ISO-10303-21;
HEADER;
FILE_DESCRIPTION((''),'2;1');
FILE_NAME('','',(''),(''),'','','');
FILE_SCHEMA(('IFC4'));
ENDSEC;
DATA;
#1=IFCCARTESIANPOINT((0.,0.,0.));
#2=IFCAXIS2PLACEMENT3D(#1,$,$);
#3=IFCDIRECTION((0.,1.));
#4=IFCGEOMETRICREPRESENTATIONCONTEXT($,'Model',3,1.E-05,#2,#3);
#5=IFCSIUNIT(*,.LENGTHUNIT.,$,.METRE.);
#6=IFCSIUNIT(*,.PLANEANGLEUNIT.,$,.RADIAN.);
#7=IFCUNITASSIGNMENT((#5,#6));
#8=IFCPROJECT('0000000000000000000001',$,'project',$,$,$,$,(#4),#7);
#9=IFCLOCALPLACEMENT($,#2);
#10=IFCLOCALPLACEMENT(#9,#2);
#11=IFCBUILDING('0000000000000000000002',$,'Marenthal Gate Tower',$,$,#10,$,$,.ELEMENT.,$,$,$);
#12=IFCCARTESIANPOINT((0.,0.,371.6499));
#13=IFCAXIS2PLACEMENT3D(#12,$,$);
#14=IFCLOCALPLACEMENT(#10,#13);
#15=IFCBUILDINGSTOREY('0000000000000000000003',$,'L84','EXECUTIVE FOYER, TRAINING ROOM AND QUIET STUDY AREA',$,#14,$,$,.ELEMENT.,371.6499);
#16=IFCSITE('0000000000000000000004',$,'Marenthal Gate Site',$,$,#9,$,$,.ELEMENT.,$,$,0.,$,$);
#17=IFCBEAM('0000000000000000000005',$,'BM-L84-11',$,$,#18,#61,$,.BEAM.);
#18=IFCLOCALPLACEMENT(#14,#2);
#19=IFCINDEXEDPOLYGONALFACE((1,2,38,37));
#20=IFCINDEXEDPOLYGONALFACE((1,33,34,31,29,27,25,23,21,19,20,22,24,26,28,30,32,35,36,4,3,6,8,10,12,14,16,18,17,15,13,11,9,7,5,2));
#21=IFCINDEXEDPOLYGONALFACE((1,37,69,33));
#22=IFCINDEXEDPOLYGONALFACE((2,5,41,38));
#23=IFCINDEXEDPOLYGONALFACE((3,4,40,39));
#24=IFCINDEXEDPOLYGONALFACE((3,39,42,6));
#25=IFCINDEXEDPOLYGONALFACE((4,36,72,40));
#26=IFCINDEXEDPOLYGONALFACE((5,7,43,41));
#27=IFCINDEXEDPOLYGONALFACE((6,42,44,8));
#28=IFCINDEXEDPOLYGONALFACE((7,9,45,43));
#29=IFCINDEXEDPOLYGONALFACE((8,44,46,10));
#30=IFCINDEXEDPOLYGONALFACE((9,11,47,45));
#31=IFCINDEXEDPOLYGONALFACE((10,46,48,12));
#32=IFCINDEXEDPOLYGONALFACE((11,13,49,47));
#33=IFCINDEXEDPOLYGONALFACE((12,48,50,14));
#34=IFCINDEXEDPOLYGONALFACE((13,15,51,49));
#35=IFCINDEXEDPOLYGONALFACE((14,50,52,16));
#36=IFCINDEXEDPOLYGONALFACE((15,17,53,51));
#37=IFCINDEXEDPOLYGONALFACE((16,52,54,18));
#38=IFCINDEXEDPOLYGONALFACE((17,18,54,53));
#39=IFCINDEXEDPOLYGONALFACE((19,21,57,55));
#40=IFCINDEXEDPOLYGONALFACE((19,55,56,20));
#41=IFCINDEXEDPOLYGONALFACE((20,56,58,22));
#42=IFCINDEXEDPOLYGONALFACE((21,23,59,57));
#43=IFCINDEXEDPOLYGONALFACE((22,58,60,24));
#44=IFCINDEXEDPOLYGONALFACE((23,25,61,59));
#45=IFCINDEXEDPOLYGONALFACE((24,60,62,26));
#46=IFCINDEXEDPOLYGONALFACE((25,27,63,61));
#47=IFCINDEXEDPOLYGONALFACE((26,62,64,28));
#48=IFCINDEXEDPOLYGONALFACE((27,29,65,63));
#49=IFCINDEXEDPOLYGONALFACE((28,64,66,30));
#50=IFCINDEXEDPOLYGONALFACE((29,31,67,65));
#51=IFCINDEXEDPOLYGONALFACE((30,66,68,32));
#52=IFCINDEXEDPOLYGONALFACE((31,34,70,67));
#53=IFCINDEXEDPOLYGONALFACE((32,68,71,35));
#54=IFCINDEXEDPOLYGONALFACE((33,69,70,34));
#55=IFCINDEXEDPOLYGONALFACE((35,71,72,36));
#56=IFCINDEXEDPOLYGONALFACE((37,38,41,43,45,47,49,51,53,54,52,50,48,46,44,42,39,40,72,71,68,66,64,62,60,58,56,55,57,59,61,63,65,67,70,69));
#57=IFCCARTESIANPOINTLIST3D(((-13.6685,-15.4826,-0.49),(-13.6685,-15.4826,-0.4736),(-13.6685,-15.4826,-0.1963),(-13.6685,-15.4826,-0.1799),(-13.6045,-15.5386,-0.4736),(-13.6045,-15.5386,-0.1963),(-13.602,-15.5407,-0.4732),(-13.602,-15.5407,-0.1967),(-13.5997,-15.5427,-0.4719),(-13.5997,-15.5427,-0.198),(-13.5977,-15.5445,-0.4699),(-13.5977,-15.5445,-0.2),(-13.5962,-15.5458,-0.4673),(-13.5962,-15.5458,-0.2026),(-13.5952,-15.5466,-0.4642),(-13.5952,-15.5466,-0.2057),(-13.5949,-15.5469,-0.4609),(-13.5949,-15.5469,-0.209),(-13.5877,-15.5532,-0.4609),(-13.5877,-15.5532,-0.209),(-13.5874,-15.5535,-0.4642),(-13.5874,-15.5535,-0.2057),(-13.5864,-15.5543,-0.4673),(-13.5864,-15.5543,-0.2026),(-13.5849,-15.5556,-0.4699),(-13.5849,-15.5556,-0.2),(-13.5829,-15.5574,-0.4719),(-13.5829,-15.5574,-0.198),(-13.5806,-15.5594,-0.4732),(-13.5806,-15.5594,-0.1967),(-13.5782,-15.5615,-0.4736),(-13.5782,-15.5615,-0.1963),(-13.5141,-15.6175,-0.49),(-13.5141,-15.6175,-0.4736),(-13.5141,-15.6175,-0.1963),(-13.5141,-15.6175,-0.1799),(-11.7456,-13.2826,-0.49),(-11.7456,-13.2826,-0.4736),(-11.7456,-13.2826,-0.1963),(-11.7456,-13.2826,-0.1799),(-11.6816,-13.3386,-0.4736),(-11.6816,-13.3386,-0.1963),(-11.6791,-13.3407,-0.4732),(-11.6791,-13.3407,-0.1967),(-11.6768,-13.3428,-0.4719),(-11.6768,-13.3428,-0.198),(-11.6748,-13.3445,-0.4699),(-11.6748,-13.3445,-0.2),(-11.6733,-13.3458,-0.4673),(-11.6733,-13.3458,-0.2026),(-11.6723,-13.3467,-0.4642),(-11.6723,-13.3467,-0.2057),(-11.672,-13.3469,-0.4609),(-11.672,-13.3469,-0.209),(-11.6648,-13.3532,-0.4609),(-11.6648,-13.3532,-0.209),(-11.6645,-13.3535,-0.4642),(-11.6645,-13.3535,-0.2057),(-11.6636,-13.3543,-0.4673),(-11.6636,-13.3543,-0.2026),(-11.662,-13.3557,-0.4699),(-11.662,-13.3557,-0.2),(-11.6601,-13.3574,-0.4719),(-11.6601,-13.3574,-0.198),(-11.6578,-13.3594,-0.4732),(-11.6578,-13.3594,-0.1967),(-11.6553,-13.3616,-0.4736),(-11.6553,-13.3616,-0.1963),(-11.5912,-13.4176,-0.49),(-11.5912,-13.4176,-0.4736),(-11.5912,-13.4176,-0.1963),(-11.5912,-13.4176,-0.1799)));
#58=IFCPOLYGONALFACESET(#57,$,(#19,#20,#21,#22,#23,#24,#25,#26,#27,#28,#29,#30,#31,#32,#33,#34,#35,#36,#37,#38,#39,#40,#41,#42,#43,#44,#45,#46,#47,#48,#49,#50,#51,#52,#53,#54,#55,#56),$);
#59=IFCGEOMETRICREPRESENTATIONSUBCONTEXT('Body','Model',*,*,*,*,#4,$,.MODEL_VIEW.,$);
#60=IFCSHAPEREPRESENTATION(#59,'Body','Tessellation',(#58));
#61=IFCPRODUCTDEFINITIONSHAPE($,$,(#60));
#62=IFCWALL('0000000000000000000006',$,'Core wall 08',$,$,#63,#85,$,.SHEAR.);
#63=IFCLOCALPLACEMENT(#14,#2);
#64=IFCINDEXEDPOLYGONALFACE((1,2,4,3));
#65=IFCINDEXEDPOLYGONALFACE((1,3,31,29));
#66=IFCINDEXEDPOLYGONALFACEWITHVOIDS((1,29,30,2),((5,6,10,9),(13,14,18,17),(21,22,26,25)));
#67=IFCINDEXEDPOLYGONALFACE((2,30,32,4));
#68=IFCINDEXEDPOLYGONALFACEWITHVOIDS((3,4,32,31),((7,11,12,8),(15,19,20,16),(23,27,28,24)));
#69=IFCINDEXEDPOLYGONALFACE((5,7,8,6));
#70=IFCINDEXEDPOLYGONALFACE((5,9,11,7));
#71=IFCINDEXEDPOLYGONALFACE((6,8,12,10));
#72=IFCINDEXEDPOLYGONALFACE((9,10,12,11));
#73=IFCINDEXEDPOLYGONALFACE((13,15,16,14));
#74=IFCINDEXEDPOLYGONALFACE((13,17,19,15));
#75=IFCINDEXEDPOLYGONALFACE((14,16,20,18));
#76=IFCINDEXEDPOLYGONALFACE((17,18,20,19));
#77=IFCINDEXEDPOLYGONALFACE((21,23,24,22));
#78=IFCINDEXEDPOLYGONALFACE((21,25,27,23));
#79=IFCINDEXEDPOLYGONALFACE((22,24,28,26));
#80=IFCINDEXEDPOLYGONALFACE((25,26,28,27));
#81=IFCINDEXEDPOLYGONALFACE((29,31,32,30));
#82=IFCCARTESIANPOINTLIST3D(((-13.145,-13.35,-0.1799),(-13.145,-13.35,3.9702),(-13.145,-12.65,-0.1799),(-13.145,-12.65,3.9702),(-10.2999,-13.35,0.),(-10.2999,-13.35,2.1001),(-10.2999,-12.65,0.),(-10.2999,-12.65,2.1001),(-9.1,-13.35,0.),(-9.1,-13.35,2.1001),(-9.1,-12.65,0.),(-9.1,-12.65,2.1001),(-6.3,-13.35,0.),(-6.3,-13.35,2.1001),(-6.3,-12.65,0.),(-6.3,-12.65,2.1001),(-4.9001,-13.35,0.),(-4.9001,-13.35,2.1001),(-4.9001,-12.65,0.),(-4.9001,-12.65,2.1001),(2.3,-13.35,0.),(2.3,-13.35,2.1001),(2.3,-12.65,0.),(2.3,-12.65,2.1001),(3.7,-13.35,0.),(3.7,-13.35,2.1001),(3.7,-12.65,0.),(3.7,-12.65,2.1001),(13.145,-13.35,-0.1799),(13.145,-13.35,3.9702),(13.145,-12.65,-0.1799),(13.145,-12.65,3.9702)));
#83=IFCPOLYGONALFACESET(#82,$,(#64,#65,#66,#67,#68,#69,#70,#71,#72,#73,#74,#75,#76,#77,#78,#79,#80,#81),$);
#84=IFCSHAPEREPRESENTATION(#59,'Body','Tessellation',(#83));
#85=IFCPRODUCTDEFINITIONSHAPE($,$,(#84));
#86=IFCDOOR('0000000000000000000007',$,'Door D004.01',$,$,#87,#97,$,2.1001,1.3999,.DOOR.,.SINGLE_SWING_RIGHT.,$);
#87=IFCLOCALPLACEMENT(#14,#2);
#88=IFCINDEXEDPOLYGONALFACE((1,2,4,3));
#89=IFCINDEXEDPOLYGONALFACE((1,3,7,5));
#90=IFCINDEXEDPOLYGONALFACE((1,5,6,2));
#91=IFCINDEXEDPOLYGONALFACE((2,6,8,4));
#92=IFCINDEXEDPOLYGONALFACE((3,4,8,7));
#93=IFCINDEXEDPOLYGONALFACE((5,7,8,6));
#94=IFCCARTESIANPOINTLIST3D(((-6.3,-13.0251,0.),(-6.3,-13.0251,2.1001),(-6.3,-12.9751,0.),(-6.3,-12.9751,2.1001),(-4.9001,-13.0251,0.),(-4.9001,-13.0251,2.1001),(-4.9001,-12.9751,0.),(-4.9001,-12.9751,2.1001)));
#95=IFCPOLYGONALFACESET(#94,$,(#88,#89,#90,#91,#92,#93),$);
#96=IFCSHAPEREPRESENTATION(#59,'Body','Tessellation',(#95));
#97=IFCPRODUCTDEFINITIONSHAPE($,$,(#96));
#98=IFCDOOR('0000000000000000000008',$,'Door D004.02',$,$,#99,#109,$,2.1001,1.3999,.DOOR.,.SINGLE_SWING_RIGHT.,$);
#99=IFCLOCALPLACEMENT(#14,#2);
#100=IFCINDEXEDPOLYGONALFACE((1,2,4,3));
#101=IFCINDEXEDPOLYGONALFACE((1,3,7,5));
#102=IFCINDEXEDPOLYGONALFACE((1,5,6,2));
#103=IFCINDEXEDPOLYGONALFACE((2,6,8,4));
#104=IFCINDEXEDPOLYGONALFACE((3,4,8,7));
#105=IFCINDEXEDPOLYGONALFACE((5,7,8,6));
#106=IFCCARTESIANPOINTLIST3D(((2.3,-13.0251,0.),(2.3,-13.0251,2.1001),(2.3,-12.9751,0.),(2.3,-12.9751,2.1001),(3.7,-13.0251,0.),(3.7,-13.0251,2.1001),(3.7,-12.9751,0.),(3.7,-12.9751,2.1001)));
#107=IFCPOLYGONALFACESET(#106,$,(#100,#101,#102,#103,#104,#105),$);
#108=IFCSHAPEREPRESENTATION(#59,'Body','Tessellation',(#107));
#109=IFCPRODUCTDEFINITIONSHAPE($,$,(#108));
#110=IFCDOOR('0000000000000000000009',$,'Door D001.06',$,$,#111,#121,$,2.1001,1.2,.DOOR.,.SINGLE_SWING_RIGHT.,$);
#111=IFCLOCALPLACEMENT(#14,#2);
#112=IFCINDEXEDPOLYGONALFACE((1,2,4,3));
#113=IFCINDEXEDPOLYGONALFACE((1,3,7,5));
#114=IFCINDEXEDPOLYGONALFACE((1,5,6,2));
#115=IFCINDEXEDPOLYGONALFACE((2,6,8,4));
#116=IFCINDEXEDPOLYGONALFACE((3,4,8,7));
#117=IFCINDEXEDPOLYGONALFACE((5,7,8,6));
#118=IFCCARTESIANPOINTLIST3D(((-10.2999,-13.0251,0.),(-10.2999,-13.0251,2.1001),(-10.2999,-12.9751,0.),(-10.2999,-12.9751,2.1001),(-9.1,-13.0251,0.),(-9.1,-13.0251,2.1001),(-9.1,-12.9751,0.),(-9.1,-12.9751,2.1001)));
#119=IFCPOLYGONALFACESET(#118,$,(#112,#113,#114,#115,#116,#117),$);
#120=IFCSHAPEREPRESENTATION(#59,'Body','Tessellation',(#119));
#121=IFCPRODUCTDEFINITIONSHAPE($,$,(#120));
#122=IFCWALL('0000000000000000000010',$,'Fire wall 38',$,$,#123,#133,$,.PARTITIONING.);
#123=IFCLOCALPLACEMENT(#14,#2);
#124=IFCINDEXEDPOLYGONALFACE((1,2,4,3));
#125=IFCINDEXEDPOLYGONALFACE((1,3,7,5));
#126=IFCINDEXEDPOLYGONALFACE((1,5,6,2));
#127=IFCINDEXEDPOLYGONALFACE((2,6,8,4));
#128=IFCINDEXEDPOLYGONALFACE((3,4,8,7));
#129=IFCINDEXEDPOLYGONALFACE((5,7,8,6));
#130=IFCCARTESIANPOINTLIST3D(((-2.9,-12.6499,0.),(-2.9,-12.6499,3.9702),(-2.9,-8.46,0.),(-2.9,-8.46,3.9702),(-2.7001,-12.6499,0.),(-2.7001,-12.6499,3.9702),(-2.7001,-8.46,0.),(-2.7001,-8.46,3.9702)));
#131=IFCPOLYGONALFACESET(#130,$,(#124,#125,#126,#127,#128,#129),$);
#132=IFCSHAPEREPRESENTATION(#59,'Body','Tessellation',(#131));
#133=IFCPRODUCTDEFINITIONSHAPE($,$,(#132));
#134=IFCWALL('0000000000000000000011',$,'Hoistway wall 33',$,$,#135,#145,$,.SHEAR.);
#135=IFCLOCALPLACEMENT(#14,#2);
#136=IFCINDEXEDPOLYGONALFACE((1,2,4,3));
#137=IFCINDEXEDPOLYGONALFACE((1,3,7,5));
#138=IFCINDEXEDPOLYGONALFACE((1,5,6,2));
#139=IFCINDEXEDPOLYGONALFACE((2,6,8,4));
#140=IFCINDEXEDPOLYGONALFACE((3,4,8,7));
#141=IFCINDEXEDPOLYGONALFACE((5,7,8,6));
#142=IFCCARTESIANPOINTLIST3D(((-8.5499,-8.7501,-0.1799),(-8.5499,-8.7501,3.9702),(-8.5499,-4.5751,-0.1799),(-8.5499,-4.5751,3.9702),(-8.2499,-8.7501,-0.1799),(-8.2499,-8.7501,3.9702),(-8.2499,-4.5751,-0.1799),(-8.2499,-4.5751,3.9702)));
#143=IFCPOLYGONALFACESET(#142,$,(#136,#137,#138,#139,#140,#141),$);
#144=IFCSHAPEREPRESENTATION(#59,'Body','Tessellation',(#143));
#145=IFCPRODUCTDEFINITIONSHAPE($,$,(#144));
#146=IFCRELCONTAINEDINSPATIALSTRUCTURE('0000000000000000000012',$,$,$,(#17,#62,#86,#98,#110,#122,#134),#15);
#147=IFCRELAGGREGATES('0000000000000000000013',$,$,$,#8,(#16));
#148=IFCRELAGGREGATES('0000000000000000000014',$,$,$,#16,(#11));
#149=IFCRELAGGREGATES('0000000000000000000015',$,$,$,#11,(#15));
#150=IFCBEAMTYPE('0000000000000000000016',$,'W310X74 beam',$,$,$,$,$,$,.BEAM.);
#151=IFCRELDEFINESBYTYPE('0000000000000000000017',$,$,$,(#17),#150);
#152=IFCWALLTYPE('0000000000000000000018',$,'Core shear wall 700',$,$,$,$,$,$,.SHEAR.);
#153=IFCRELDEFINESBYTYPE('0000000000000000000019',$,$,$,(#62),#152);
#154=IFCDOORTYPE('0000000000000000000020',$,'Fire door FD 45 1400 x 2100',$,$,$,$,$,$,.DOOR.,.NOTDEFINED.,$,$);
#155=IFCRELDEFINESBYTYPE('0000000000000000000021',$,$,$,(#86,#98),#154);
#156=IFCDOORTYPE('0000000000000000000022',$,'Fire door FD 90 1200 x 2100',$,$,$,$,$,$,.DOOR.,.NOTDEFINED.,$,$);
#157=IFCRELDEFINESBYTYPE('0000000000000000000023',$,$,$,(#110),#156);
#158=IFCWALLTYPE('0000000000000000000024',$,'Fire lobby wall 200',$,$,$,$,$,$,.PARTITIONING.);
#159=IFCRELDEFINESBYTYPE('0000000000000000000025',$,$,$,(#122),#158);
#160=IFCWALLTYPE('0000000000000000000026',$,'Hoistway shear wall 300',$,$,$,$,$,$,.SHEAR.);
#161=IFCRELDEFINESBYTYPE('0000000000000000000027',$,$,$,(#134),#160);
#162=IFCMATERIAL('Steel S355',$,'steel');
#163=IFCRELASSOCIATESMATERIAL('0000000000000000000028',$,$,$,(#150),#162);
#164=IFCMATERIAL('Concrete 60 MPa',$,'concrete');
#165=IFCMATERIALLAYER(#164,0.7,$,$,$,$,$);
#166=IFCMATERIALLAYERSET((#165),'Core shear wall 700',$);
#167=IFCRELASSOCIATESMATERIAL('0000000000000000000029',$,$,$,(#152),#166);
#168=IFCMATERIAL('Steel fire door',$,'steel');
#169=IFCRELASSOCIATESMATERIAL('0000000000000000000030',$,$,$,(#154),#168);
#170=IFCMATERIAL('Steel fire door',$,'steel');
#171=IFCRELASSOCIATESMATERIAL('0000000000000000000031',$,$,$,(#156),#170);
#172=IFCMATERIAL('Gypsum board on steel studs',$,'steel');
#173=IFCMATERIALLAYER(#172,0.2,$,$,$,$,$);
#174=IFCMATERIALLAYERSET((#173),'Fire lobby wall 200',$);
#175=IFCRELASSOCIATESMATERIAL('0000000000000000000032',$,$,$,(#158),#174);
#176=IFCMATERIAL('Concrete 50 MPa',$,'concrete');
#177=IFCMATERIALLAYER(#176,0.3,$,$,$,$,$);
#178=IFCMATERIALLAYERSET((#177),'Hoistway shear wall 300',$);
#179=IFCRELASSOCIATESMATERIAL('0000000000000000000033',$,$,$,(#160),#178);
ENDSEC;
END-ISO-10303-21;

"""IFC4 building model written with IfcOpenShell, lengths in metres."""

from ifc_helpers import new_model, si_unit, direction, frame, frame_2d, origin, origin_2d, place, context, subcontext, project, spatial, rectangle, i_section, extrude, material, layer, layer_set, material_profile, profile_set, type_object, element, fill, save


model = new_model("IFC4")

# Units and contexts
model_context = context("Model", 3, precision=1e-05, world=origin(), true_north=direction((0.0, 1.0)))
body_context = subcontext(model_context, "Body", "Model", "MODEL_VIEW")
ifc_project = project(units=[si_unit("LENGTHUNIT", "METRE"), si_unit("PLANEANGLEUNIT", "RADIAN")], contexts=[model_context])

# Site, building, storey
site_placement = place(None, origin())
site = spatial("IfcSite", under=ifc_project, at=site_placement, Name="Marenthal Gate Site", CompositionType="ELEMENT", RefElevation=0.0)
building_placement = place(site_placement, origin())
building = spatial("IfcBuilding", under=site, at=building_placement, Name="Marenthal Gate Tower", CompositionType="ELEMENT")
storey_placement = place(building_placement, frame((0.0, 0.0, 371.6499)))
storey = spatial("IfcBuildingStorey", under=building, at=storey_placement, Name="L84", Description="EXECUTIVE FOYER, TRAINING ROOM AND QUIET STUDY AREA", CompositionType="ELEMENT", Elevation=371.6499)

# Beam
ifc_material_1 = material(Name="Steel S355", Category="steel")
ifc_material_profile = material_profile(ifc_material_1, i_section(OverallWidth=0.2051, OverallDepth=0.3101, WebThickness=0.0095, FlangeThickness=0.0164, FilletRadius=0.0127, at=origin_2d()), Name="W310X74")
ifc_profile_set = profile_set([ifc_material_profile], Name="Steel S355")
beam_type = type_object("IfcBeamType", Name="W310X74 beam", PredefinedType="BEAM", material=ifc_profile_set)
beam_placement = place(storey_placement, frame((-13.5913, -15.55, -0.335), z_axis=(0.658096, 0.752934, 0.0), x_axis=(-0.752934, 0.658096, 0.0)))
element("IfcBeam", 1, at=beam_placement, inside=storey, type_object=beam_type, Name="BM-L84-11", PredefinedType="BEAM", context=body_context, shape_type="SweptSolid", body=[
    extrude(i_section(OverallWidth=0.2051, OverallDepth=0.3101, WebThickness=0.0095, FlangeThickness=0.0164, FilletRadius=0.0127, at=origin_2d()), origin(), (0.0, 0.0, 1.0), 2.9219),
])

# Wall, openings, doors
ifc_material_2 = material(Name="Concrete 60 MPa", Category="concrete")
ifc_layer_1 = layer(ifc_material_2, 0.7)
ifc_layer_set_1 = layer_set([ifc_layer_1], Name="Core shear wall 700")
wall_type_1 = type_object("IfcWallType", Name="Core shear wall 700", PredefinedType="SHEAR", material=ifc_layer_set_1)
wall_1_placement = place(storey_placement, frame((-13.145, -13.0, -0.1799), z_axis=(0.0, 0.0, 1.0), x_axis=(1.0, 0.0, 0.0)))
wall_1 = element("IfcWall", 2, at=wall_1_placement, inside=storey, type_object=wall_type_1, Name="Core wall 08", PredefinedType="SHEAR", context=body_context, shape_type="SweptSolid", body=[
    extrude(rectangle(XDim=26.29, YDim=0.7, at=frame_2d((13.145, 0.0))), origin(), (0.0, 0.0, 1.0), 4.1501),
])
opening_1_placement = place(wall_1_placement, frame((2.845, 0.0, 0.1799)))
opening_1 = element("IfcOpeningElement", 3, at=opening_1_placement, cuts=wall_1, PredefinedType="OPENING", context=body_context, shape_type="SweptSolid", body=[
    extrude(rectangle(XDim=1.2, YDim=2.1001, at=frame_2d((0.6001, 1.05))), frame((0.0, 0.3599, 0.0), z_axis=(0.0, -1.0, 0.0), x_axis=(1.0, 0.0, 0.0)), (0.0, 0.0, 1.0), 0.72),
])
opening_2_placement = place(wall_1_placement, frame((6.845, 0.0, 0.1799)))
opening_2 = element("IfcOpeningElement", 4, at=opening_2_placement, cuts=wall_1, PredefinedType="OPENING", context=body_context, shape_type="SweptSolid", body=[
    extrude(rectangle(XDim=1.3999, YDim=2.1001, at=frame_2d((0.7, 1.05))), frame((0.0, 0.3599, 0.0), z_axis=(0.0, -1.0, 0.0), x_axis=(1.0, 0.0, 0.0)), (0.0, 0.0, 1.0), 0.72),
])
opening_3_placement = place(wall_1_placement, frame((15.4451, 0.0, 0.1799)))
opening_3 = element("IfcOpeningElement", 5, at=opening_3_placement, cuts=wall_1, PredefinedType="OPENING", context=body_context, shape_type="SweptSolid", body=[
    extrude(rectangle(XDim=1.3999, YDim=2.1001, at=frame_2d((0.7, 1.05))), frame((0.0, 0.3599, 0.0), z_axis=(0.0, -1.0, 0.0), x_axis=(1.0, 0.0, 0.0)), (0.0, 0.0, 1.0), 0.72),
])
ifc_material_3 = material(Name="Steel fire door", Category="steel")
door_type_1 = type_object("IfcDoorType", Name="Fire door FD 45 1400 x 2100", OperationType="NOTDEFINED", PredefinedType="DOOR", material=ifc_material_3)
door_1_placement = place(opening_2_placement, origin())
door_1 = element("IfcDoor", 6, at=door_1_placement, inside=storey, type_object=door_type_1, Name="Door D004.01", OperationType="SINGLE_SWING_RIGHT", OverallHeight=2.1001, OverallWidth=1.3999, PredefinedType="DOOR", context=body_context, shape_type="SweptSolid", body=[
    extrude(rectangle(XDim=1.3999, YDim=2.1001, at=frame_2d((0.7, 1.05))), frame((0.0, 0.0249, 0.0), z_axis=(0.0, -1.0, 0.0), x_axis=(1.0, 0.0, 0.0)), (0.0, 0.0, 1.0), 0.05),
])
fill(opening_2, door_1)
door_2_placement = place(opening_3_placement, origin())
door_2 = element("IfcDoor", 7, at=door_2_placement, inside=storey, type_object=door_type_1, Name="Door D004.02", OperationType="SINGLE_SWING_RIGHT", OverallHeight=2.1001, OverallWidth=1.3999, PredefinedType="DOOR", context=body_context, shape_type="SweptSolid", body=[
    extrude(rectangle(XDim=1.3999, YDim=2.1001, at=frame_2d((0.7, 1.05))), frame((0.0, 0.0249, 0.0), z_axis=(0.0, -1.0, 0.0), x_axis=(1.0, 0.0, 0.0)), (0.0, 0.0, 1.0), 0.05),
])
fill(opening_3, door_2)
ifc_material_4 = material(Name="Steel fire door", Category="steel")
door_type_2 = type_object("IfcDoorType", Name="Fire door FD 90 1200 x 2100", OperationType="NOTDEFINED", PredefinedType="DOOR", material=ifc_material_4)
door_3_placement = place(opening_1_placement, origin())
door_3 = element("IfcDoor", 8, at=door_3_placement, inside=storey, type_object=door_type_2, Name="Door D001.06", OperationType="SINGLE_SWING_RIGHT", OverallHeight=2.1001, OverallWidth=1.2, PredefinedType="DOOR", context=body_context, shape_type="SweptSolid", body=[
    extrude(rectangle(XDim=1.2, YDim=2.1001, at=frame_2d((0.6001, 1.05))), frame((0.0, 0.0249, 0.0), z_axis=(0.0, -1.0, 0.0), x_axis=(1.0, 0.0, 0.0)), (0.0, 0.0, 1.0), 0.05),
])
fill(opening_1, door_3)

# Walls
ifc_material_5 = material(Name="Gypsum board on steel studs", Category="steel")
ifc_layer_2 = layer(ifc_material_5, 0.2)
ifc_layer_set_2 = layer_set([ifc_layer_2], Name="Fire lobby wall 200")
wall_type_2 = type_object("IfcWallType", Name="Fire lobby wall 200", PredefinedType="PARTITIONING", material=ifc_layer_set_2)
wall_2_placement = place(storey_placement, frame((-2.8, -12.6499, 0.0), z_axis=(0.0, 0.0, 1.0), x_axis=(0.0, 1.0, 0.0)))
element("IfcWall", 9, at=wall_2_placement, inside=storey, type_object=wall_type_2, Name="Fire wall 38", PredefinedType="PARTITIONING", context=body_context, shape_type="SweptSolid", body=[
    extrude(rectangle(XDim=4.1899, YDim=0.2, at=frame_2d((2.095, 0.0))), origin(), (0.0, 0.0, 1.0), 3.9702),
])
ifc_material_6 = material(Name="Concrete 50 MPa", Category="concrete")
ifc_layer_3 = layer(ifc_material_6, 0.3)
ifc_layer_set_3 = layer_set([ifc_layer_3], Name="Hoistway shear wall 300")
wall_type_3 = type_object("IfcWallType", Name="Hoistway shear wall 300", PredefinedType="SHEAR", material=ifc_layer_set_3)
wall_3_placement = place(storey_placement, frame((-8.3999, -8.75, -0.1799), z_axis=(0.0, 0.0, 1.0), x_axis=(0.0, 1.0, 0.0)))
element("IfcWall", 10, at=wall_3_placement, inside=storey, type_object=wall_type_3, Name="Hoistway wall 33", PredefinedType="SHEAR", context=body_context, shape_type="SweptSolid", body=[
    extrude(rectangle(XDim=4.175, YDim=0.3, at=frame_2d((2.0874, 0.0))), origin(), (0.0, 0.0, 1.0), 4.1501),
])

save(model, "model.ifc")
